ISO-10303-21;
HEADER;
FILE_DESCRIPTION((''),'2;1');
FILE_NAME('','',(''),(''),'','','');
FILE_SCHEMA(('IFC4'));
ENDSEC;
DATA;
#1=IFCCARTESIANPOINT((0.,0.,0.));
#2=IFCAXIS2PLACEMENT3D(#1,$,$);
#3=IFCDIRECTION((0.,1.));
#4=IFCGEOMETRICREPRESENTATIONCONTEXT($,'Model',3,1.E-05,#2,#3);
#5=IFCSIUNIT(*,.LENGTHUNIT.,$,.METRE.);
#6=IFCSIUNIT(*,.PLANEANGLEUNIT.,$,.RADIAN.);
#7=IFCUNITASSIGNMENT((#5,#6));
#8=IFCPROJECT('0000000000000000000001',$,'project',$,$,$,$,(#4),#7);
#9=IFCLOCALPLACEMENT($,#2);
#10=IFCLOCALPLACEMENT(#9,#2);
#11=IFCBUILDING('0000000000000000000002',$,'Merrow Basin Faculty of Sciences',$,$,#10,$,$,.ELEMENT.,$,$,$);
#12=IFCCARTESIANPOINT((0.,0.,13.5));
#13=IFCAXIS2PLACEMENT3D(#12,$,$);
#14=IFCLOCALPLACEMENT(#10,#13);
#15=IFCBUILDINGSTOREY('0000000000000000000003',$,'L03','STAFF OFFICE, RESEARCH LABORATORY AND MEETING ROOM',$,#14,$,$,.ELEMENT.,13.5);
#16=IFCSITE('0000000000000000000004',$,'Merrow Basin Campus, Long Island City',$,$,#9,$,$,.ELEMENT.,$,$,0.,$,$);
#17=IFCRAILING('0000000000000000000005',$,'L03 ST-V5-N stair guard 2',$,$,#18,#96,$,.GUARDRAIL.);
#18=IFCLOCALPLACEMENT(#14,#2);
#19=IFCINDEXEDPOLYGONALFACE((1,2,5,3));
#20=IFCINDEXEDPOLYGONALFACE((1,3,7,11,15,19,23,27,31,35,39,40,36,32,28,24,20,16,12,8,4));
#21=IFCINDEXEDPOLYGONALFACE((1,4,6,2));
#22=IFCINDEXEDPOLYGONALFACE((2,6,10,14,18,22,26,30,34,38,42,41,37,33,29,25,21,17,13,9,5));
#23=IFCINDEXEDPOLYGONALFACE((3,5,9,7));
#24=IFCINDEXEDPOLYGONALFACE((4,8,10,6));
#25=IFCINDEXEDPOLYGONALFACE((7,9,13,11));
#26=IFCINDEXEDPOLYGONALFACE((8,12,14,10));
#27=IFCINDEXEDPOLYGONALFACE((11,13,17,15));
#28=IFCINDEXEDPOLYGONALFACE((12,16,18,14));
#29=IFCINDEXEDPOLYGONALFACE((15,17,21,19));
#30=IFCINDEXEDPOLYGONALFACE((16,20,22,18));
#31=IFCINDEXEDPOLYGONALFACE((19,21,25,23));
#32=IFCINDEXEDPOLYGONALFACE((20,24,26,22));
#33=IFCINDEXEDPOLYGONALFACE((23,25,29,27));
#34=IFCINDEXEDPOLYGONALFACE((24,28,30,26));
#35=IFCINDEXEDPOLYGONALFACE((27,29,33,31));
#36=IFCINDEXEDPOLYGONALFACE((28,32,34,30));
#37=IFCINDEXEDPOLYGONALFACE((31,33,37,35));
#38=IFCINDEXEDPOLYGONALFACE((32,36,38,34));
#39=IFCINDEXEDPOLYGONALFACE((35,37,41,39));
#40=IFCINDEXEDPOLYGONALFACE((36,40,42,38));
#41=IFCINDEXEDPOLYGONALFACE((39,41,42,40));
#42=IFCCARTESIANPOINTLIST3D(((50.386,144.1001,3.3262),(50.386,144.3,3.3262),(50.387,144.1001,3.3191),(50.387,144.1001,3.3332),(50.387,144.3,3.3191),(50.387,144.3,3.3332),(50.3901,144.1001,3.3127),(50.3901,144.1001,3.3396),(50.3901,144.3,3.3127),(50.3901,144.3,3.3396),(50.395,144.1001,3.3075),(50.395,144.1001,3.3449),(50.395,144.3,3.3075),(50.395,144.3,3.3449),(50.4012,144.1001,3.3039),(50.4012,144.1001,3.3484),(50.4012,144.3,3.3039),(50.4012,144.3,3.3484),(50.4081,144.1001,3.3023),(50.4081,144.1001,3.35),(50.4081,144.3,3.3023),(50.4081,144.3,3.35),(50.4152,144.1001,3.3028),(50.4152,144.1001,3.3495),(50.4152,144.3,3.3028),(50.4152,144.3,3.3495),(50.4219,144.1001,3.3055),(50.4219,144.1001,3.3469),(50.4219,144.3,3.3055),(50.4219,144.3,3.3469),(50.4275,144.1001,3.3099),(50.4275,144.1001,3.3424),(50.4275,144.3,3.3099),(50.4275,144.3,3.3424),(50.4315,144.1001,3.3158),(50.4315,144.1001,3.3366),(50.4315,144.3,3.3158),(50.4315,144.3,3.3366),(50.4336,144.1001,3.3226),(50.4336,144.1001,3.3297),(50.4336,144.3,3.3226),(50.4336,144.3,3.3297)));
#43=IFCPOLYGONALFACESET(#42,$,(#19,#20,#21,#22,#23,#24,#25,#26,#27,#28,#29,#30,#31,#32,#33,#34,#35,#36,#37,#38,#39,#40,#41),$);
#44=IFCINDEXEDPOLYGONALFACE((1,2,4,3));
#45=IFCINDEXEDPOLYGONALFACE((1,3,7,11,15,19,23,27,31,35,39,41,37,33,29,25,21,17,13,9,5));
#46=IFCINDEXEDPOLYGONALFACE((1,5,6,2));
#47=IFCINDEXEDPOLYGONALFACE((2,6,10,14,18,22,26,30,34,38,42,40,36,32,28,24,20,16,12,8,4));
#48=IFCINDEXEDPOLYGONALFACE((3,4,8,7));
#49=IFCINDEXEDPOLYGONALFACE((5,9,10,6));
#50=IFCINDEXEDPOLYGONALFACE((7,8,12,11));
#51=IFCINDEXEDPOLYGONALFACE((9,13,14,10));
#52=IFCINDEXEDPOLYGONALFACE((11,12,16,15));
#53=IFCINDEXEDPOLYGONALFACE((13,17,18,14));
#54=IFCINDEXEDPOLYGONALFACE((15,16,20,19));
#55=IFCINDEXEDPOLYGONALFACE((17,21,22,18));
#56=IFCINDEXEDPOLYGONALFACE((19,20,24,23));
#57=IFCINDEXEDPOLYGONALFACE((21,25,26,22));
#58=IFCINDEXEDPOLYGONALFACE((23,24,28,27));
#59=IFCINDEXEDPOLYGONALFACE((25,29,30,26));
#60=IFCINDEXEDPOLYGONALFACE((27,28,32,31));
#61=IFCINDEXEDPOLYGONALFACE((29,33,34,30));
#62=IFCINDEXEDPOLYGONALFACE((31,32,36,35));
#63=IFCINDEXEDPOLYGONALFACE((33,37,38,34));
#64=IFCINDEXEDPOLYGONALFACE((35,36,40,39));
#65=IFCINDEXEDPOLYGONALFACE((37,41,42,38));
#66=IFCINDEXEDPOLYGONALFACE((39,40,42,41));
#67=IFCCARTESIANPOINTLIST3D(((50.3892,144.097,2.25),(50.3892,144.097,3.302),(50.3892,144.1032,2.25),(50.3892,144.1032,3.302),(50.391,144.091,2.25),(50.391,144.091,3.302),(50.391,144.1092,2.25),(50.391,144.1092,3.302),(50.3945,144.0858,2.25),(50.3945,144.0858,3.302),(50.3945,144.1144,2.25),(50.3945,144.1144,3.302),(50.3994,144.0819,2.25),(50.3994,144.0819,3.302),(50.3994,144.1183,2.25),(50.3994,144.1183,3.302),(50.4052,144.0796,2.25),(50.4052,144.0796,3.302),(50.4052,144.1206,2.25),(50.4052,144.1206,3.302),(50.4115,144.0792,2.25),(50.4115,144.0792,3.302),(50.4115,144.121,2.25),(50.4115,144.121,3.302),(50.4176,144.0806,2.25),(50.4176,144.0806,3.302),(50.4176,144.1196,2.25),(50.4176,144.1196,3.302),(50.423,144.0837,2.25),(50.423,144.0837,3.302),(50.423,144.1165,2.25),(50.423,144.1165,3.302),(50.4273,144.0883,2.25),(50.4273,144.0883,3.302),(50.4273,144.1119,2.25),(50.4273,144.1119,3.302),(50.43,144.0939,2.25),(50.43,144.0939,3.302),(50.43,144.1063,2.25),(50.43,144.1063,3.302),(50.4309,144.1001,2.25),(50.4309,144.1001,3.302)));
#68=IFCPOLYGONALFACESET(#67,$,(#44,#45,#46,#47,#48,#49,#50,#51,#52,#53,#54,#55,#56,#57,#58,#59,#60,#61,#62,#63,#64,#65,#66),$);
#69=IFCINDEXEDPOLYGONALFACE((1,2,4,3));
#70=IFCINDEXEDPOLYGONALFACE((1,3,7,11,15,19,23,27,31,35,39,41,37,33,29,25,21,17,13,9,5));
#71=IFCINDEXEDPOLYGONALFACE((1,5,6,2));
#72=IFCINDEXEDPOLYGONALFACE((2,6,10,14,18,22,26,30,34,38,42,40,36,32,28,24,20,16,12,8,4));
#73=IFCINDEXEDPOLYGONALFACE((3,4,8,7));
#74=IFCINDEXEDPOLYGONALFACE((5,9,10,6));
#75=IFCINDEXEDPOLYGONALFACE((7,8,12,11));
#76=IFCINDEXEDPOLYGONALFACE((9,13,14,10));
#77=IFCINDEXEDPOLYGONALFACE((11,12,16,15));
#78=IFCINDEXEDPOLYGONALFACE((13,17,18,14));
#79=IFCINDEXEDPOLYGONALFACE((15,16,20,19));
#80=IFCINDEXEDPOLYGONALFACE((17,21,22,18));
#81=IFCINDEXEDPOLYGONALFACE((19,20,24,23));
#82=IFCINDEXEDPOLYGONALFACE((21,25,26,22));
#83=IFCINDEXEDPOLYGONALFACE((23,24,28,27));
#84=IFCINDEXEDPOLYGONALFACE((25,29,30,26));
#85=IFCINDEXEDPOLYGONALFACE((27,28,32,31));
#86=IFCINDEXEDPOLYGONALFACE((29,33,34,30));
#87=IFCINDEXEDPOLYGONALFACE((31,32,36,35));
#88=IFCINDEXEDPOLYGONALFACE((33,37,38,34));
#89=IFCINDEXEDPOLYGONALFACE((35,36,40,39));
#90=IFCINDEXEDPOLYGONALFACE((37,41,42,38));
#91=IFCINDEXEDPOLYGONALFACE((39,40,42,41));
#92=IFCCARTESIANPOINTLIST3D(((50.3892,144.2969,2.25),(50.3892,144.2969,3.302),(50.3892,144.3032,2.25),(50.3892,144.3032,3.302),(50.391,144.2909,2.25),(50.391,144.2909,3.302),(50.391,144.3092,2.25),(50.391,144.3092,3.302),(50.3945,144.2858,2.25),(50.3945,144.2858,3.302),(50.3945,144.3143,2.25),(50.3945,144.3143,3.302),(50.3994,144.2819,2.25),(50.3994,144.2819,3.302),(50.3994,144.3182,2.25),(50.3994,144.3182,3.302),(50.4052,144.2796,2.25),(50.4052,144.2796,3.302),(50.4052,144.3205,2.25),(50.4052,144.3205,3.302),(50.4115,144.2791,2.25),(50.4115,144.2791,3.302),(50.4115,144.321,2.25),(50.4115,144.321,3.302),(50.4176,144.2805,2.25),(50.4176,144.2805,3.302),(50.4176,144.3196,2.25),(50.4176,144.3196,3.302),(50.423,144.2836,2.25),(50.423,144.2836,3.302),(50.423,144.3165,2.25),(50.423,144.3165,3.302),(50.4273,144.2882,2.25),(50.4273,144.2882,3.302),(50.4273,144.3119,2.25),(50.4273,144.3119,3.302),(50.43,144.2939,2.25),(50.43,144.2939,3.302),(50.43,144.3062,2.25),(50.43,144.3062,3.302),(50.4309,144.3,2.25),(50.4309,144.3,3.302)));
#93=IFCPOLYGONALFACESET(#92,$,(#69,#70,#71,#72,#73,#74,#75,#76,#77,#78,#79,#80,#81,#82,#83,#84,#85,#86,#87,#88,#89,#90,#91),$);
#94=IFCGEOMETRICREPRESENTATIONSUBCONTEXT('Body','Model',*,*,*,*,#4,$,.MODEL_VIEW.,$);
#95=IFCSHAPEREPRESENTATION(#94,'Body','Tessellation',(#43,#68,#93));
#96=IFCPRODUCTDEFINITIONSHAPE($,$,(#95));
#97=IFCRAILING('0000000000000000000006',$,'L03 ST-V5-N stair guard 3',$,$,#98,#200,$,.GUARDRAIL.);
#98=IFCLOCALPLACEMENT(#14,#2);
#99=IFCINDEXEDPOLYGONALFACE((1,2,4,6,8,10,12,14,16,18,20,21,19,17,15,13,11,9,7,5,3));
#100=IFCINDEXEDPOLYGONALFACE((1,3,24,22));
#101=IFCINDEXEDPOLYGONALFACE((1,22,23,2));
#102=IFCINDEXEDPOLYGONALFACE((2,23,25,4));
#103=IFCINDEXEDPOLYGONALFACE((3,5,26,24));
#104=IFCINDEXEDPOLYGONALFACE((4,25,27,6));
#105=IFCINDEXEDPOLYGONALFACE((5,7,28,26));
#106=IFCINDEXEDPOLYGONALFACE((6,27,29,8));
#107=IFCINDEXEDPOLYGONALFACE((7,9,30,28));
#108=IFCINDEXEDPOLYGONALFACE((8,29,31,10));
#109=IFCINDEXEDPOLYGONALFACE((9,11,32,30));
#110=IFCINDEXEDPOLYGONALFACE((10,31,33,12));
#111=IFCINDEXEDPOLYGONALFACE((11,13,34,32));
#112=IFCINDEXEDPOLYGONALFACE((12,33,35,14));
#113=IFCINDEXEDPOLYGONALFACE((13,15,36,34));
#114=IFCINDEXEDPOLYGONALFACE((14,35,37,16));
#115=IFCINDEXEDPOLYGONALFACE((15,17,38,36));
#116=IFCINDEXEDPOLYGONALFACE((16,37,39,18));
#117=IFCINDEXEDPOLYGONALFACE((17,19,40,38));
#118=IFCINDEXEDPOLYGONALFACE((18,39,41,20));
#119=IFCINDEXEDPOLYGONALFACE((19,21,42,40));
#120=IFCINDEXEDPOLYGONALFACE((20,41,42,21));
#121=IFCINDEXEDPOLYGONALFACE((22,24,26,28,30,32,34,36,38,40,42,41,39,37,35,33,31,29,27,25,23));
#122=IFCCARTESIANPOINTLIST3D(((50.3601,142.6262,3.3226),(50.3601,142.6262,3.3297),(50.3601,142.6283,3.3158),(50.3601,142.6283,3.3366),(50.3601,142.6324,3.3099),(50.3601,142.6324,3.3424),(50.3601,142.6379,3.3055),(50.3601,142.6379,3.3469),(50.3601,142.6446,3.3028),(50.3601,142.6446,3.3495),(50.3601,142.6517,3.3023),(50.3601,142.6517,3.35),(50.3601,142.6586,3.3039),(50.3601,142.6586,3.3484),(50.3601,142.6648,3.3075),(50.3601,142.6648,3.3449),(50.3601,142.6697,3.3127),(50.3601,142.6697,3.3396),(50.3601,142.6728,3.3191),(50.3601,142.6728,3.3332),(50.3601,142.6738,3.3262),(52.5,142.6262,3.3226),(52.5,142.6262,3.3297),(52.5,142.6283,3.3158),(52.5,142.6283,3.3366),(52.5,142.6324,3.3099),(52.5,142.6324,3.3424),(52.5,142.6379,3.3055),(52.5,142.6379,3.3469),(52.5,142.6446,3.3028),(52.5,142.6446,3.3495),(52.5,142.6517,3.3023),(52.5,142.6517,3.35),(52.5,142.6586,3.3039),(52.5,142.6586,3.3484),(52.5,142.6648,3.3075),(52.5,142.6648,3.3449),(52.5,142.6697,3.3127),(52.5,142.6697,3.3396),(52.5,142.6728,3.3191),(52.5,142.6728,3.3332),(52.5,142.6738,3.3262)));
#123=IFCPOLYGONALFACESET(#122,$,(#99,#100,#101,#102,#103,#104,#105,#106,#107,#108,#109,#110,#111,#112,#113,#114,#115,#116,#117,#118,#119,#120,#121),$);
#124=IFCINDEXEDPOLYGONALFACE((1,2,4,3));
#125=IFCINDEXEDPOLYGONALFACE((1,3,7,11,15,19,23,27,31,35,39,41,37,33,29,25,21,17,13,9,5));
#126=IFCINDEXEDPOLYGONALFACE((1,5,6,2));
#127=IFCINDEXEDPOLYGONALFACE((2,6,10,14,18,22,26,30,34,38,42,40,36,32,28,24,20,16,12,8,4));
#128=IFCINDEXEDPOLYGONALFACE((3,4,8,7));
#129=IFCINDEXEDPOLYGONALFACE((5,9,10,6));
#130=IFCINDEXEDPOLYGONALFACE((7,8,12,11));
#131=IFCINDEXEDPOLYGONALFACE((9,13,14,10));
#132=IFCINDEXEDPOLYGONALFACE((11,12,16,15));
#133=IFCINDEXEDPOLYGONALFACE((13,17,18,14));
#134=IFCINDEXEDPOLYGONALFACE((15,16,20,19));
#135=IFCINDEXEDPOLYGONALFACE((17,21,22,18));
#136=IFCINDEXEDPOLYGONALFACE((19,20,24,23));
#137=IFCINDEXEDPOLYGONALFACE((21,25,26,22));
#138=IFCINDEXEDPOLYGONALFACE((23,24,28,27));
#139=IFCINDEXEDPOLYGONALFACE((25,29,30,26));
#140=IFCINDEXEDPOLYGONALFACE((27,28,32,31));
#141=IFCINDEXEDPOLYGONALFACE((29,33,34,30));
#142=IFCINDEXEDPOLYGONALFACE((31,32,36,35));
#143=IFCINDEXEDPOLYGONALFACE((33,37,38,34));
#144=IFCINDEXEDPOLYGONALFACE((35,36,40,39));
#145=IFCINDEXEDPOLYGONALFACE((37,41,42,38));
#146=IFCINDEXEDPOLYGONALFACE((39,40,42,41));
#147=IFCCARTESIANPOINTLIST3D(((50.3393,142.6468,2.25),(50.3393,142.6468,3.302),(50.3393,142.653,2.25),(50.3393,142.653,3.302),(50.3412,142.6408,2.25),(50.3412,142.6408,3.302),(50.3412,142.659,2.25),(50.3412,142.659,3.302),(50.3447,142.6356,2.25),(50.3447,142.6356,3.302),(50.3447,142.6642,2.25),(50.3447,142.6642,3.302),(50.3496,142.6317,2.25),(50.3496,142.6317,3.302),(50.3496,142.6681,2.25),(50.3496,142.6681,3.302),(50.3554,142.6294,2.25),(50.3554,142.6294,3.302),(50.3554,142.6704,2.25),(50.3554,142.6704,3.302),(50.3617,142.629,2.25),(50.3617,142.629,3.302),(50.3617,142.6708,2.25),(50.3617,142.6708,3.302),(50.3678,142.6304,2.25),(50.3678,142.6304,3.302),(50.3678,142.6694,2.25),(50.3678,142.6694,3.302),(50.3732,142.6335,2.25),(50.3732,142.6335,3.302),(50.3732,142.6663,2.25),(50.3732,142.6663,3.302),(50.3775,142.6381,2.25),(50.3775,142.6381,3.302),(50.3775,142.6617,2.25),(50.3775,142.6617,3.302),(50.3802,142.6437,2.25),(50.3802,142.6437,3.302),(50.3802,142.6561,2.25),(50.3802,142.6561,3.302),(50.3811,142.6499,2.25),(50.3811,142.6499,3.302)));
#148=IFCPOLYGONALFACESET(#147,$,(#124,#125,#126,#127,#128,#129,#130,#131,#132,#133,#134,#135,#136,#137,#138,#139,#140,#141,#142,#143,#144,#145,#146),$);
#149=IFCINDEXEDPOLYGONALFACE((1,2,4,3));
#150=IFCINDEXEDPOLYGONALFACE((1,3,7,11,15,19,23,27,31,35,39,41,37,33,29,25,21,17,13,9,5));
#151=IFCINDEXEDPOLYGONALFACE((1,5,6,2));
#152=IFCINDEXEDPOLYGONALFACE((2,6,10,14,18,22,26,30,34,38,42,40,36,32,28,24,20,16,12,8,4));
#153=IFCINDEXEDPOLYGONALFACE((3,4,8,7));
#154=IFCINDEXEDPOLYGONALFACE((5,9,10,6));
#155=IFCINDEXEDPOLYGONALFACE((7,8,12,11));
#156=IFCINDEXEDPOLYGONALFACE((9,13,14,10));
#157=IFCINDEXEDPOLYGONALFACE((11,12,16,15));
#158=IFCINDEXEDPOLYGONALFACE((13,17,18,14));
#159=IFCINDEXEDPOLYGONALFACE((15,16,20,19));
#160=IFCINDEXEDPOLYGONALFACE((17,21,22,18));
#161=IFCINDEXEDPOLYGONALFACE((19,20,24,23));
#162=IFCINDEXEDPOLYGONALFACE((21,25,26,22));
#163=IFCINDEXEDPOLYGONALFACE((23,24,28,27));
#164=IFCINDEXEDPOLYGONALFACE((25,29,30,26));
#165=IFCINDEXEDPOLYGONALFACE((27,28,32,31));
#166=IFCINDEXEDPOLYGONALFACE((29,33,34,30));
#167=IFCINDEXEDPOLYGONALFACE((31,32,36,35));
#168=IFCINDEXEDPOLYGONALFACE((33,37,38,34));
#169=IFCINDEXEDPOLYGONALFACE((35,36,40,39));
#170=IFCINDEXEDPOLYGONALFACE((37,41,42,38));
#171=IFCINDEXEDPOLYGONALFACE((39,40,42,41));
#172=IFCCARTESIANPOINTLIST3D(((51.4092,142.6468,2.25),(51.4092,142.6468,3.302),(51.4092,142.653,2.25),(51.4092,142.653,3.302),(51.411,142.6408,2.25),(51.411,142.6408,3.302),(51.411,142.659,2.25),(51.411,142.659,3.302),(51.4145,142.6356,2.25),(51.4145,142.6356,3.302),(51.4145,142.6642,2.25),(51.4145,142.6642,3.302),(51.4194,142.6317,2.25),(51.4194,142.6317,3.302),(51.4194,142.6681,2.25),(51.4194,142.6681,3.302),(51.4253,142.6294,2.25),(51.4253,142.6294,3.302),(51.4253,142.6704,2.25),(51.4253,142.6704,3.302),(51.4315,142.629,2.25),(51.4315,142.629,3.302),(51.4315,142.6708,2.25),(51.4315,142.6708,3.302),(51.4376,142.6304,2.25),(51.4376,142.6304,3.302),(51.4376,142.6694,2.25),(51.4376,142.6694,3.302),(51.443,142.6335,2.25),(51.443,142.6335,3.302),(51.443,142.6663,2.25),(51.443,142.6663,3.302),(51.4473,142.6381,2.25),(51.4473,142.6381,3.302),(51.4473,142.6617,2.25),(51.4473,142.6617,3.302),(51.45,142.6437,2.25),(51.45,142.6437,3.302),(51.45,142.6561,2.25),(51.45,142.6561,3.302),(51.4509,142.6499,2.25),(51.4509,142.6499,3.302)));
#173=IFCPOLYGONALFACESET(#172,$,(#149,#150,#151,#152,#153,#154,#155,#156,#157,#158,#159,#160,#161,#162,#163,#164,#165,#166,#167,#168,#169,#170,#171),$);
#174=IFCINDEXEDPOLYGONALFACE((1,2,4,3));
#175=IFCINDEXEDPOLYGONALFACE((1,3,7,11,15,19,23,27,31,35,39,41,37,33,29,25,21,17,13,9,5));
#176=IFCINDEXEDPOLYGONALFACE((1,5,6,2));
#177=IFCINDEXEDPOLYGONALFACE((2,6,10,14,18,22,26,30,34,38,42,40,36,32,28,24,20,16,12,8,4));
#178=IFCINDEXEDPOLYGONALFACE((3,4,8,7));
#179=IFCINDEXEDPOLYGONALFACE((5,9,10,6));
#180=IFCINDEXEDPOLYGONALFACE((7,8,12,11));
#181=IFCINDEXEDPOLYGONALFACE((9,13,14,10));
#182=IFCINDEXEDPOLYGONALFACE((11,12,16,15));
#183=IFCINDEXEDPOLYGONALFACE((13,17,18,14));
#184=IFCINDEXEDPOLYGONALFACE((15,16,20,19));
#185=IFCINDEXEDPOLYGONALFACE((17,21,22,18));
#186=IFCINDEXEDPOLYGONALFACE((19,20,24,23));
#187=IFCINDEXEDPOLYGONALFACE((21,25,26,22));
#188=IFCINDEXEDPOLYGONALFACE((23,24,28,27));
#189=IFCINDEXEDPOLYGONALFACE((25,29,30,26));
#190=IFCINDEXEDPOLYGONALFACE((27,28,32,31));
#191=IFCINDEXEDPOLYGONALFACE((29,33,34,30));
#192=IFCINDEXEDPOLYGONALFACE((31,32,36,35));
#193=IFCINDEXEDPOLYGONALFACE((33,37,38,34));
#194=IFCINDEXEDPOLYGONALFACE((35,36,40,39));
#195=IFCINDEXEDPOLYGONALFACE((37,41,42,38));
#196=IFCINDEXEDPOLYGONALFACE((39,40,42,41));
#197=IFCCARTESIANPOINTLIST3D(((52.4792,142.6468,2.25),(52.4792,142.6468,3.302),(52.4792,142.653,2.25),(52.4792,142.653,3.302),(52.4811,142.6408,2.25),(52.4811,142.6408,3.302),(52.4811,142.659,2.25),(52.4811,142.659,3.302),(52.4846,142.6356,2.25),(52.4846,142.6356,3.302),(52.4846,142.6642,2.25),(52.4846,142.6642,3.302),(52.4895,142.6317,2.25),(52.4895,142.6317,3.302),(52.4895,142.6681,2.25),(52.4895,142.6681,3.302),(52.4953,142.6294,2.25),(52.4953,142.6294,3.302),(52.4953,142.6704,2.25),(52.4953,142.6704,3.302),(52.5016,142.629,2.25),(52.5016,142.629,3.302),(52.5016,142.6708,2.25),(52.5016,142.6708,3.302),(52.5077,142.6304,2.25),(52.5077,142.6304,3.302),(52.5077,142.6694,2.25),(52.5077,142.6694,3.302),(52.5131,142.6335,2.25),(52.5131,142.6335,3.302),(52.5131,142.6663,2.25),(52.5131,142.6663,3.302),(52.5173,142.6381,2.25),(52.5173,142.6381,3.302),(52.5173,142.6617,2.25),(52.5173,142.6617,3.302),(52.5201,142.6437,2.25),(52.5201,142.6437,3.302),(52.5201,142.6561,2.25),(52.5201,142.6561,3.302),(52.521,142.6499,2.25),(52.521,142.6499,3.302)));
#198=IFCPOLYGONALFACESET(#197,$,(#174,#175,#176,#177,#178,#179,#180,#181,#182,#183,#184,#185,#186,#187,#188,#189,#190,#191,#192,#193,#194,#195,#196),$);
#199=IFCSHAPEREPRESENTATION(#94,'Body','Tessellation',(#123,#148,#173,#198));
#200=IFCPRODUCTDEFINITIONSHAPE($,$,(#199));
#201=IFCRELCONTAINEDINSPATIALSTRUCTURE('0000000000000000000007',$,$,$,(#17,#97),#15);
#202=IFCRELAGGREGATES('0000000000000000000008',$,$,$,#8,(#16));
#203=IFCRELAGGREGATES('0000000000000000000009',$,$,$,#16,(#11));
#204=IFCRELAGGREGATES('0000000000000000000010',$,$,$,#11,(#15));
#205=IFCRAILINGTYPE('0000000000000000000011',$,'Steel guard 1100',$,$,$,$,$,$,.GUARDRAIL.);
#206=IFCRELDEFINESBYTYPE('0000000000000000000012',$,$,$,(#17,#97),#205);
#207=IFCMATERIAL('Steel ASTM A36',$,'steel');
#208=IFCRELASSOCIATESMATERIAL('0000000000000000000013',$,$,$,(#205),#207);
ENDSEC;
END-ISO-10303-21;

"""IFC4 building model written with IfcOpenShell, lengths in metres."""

from ifc_helpers import new_model, si_unit, direction, frame, origin, origin_2d, place, context, subcontext, project, spatial, circle, extrude, material, type_object, element, save


model = new_model("IFC4")

# Units and contexts
model_context = context("Model", 3, precision=1e-05, world=origin(), true_north=direction((0.0, 1.0)))
body_context = subcontext(model_context, "Body", "Model", "MODEL_VIEW")
ifc_project = project(units=[si_unit("LENGTHUNIT", "METRE"), si_unit("PLANEANGLEUNIT", "RADIAN")], contexts=[model_context])

# Site, building, storey
site_placement = place(None, origin())
site = spatial("IfcSite", under=ifc_project, at=site_placement, Name="Merrow Basin Campus, Long Island City", CompositionType="ELEMENT", RefElevation=0.0)
building_placement = place(site_placement, origin())
building = spatial("IfcBuilding", under=site, at=building_placement, Name="Merrow Basin Faculty of Sciences", CompositionType="ELEMENT")
storey_placement = place(building_placement, frame((0.0, 0.0, 13.5)))
storey = spatial("IfcBuildingStorey", under=building, at=storey_placement, Name="L03", Description="STAFF OFFICE, RESEARCH LABORATORY AND MEETING ROOM", CompositionType="ELEMENT", Elevation=13.5)

# Railings
ifc_material_1 = material(Name="Steel ASTM A36", Category="steel")
railing_type_1 = type_object("IfcRailingType", Name="Steel guard 1100", PredefinedType="GUARDRAIL", material=ifc_material_1)
railing_1_placement = place(storey_placement, frame((50.4099, 144.1001, 2.25)))
element("IfcRailing", 1, at=railing_1_placement, inside=storey, type_object=railing_type_1, Name="L03 ST-V5-N stair guard 2", PredefinedType="GUARDRAIL", context=body_context, shape_type="SweptSolid", body=[
    extrude(circle(Radius=0.0239, at=origin_2d()), frame((0.0, 0.0, 1.0762), z_axis=(0.0, 1.0, 0.0), x_axis=(-1.0, 0.0, 0.0)), (0.0, 0.0, 1.0), 0.2),
    extrude(circle(Radius=0.021, at=origin_2d()), origin(), (0.0, 0.0, 1.0), 1.052),
    extrude(circle(Radius=0.021, at=origin_2d()), frame((0.0, 0.2, 0.0)), (0.0, 0.0, 1.0), 1.052),
])
railing_2_placement = place(storey_placement, frame((50.3601, 142.6499, 2.25)))
element("IfcRailing", 2, at=railing_2_placement, inside=storey, type_object=railing_type_1, Name="L03 ST-V5-N stair guard 3", PredefinedType="GUARDRAIL", context=body_context, shape_type="SweptSolid", body=[
    extrude(circle(Radius=0.0239, at=origin_2d()), frame((0.0, 0.0, 1.0762), z_axis=(1.0, 0.0, 0.0), x_axis=(0.0, 1.0, 0.0)), (0.0, 0.0, 1.0), 2.1399),
    extrude(circle(Radius=0.021, at=origin_2d()), origin(), (0.0, 0.0, 1.0), 1.052),
    extrude(circle(Radius=0.021, at=origin_2d()), frame((1.0698, 0.0, 0.0)), (0.0, 0.0, 1.0), 1.052),
    extrude(circle(Radius=0.021, at=origin_2d()), frame((2.1399, 0.0, 0.0)), (0.0, 0.0, 1.0), 1.052),
])

save(model, "model.ifc")
